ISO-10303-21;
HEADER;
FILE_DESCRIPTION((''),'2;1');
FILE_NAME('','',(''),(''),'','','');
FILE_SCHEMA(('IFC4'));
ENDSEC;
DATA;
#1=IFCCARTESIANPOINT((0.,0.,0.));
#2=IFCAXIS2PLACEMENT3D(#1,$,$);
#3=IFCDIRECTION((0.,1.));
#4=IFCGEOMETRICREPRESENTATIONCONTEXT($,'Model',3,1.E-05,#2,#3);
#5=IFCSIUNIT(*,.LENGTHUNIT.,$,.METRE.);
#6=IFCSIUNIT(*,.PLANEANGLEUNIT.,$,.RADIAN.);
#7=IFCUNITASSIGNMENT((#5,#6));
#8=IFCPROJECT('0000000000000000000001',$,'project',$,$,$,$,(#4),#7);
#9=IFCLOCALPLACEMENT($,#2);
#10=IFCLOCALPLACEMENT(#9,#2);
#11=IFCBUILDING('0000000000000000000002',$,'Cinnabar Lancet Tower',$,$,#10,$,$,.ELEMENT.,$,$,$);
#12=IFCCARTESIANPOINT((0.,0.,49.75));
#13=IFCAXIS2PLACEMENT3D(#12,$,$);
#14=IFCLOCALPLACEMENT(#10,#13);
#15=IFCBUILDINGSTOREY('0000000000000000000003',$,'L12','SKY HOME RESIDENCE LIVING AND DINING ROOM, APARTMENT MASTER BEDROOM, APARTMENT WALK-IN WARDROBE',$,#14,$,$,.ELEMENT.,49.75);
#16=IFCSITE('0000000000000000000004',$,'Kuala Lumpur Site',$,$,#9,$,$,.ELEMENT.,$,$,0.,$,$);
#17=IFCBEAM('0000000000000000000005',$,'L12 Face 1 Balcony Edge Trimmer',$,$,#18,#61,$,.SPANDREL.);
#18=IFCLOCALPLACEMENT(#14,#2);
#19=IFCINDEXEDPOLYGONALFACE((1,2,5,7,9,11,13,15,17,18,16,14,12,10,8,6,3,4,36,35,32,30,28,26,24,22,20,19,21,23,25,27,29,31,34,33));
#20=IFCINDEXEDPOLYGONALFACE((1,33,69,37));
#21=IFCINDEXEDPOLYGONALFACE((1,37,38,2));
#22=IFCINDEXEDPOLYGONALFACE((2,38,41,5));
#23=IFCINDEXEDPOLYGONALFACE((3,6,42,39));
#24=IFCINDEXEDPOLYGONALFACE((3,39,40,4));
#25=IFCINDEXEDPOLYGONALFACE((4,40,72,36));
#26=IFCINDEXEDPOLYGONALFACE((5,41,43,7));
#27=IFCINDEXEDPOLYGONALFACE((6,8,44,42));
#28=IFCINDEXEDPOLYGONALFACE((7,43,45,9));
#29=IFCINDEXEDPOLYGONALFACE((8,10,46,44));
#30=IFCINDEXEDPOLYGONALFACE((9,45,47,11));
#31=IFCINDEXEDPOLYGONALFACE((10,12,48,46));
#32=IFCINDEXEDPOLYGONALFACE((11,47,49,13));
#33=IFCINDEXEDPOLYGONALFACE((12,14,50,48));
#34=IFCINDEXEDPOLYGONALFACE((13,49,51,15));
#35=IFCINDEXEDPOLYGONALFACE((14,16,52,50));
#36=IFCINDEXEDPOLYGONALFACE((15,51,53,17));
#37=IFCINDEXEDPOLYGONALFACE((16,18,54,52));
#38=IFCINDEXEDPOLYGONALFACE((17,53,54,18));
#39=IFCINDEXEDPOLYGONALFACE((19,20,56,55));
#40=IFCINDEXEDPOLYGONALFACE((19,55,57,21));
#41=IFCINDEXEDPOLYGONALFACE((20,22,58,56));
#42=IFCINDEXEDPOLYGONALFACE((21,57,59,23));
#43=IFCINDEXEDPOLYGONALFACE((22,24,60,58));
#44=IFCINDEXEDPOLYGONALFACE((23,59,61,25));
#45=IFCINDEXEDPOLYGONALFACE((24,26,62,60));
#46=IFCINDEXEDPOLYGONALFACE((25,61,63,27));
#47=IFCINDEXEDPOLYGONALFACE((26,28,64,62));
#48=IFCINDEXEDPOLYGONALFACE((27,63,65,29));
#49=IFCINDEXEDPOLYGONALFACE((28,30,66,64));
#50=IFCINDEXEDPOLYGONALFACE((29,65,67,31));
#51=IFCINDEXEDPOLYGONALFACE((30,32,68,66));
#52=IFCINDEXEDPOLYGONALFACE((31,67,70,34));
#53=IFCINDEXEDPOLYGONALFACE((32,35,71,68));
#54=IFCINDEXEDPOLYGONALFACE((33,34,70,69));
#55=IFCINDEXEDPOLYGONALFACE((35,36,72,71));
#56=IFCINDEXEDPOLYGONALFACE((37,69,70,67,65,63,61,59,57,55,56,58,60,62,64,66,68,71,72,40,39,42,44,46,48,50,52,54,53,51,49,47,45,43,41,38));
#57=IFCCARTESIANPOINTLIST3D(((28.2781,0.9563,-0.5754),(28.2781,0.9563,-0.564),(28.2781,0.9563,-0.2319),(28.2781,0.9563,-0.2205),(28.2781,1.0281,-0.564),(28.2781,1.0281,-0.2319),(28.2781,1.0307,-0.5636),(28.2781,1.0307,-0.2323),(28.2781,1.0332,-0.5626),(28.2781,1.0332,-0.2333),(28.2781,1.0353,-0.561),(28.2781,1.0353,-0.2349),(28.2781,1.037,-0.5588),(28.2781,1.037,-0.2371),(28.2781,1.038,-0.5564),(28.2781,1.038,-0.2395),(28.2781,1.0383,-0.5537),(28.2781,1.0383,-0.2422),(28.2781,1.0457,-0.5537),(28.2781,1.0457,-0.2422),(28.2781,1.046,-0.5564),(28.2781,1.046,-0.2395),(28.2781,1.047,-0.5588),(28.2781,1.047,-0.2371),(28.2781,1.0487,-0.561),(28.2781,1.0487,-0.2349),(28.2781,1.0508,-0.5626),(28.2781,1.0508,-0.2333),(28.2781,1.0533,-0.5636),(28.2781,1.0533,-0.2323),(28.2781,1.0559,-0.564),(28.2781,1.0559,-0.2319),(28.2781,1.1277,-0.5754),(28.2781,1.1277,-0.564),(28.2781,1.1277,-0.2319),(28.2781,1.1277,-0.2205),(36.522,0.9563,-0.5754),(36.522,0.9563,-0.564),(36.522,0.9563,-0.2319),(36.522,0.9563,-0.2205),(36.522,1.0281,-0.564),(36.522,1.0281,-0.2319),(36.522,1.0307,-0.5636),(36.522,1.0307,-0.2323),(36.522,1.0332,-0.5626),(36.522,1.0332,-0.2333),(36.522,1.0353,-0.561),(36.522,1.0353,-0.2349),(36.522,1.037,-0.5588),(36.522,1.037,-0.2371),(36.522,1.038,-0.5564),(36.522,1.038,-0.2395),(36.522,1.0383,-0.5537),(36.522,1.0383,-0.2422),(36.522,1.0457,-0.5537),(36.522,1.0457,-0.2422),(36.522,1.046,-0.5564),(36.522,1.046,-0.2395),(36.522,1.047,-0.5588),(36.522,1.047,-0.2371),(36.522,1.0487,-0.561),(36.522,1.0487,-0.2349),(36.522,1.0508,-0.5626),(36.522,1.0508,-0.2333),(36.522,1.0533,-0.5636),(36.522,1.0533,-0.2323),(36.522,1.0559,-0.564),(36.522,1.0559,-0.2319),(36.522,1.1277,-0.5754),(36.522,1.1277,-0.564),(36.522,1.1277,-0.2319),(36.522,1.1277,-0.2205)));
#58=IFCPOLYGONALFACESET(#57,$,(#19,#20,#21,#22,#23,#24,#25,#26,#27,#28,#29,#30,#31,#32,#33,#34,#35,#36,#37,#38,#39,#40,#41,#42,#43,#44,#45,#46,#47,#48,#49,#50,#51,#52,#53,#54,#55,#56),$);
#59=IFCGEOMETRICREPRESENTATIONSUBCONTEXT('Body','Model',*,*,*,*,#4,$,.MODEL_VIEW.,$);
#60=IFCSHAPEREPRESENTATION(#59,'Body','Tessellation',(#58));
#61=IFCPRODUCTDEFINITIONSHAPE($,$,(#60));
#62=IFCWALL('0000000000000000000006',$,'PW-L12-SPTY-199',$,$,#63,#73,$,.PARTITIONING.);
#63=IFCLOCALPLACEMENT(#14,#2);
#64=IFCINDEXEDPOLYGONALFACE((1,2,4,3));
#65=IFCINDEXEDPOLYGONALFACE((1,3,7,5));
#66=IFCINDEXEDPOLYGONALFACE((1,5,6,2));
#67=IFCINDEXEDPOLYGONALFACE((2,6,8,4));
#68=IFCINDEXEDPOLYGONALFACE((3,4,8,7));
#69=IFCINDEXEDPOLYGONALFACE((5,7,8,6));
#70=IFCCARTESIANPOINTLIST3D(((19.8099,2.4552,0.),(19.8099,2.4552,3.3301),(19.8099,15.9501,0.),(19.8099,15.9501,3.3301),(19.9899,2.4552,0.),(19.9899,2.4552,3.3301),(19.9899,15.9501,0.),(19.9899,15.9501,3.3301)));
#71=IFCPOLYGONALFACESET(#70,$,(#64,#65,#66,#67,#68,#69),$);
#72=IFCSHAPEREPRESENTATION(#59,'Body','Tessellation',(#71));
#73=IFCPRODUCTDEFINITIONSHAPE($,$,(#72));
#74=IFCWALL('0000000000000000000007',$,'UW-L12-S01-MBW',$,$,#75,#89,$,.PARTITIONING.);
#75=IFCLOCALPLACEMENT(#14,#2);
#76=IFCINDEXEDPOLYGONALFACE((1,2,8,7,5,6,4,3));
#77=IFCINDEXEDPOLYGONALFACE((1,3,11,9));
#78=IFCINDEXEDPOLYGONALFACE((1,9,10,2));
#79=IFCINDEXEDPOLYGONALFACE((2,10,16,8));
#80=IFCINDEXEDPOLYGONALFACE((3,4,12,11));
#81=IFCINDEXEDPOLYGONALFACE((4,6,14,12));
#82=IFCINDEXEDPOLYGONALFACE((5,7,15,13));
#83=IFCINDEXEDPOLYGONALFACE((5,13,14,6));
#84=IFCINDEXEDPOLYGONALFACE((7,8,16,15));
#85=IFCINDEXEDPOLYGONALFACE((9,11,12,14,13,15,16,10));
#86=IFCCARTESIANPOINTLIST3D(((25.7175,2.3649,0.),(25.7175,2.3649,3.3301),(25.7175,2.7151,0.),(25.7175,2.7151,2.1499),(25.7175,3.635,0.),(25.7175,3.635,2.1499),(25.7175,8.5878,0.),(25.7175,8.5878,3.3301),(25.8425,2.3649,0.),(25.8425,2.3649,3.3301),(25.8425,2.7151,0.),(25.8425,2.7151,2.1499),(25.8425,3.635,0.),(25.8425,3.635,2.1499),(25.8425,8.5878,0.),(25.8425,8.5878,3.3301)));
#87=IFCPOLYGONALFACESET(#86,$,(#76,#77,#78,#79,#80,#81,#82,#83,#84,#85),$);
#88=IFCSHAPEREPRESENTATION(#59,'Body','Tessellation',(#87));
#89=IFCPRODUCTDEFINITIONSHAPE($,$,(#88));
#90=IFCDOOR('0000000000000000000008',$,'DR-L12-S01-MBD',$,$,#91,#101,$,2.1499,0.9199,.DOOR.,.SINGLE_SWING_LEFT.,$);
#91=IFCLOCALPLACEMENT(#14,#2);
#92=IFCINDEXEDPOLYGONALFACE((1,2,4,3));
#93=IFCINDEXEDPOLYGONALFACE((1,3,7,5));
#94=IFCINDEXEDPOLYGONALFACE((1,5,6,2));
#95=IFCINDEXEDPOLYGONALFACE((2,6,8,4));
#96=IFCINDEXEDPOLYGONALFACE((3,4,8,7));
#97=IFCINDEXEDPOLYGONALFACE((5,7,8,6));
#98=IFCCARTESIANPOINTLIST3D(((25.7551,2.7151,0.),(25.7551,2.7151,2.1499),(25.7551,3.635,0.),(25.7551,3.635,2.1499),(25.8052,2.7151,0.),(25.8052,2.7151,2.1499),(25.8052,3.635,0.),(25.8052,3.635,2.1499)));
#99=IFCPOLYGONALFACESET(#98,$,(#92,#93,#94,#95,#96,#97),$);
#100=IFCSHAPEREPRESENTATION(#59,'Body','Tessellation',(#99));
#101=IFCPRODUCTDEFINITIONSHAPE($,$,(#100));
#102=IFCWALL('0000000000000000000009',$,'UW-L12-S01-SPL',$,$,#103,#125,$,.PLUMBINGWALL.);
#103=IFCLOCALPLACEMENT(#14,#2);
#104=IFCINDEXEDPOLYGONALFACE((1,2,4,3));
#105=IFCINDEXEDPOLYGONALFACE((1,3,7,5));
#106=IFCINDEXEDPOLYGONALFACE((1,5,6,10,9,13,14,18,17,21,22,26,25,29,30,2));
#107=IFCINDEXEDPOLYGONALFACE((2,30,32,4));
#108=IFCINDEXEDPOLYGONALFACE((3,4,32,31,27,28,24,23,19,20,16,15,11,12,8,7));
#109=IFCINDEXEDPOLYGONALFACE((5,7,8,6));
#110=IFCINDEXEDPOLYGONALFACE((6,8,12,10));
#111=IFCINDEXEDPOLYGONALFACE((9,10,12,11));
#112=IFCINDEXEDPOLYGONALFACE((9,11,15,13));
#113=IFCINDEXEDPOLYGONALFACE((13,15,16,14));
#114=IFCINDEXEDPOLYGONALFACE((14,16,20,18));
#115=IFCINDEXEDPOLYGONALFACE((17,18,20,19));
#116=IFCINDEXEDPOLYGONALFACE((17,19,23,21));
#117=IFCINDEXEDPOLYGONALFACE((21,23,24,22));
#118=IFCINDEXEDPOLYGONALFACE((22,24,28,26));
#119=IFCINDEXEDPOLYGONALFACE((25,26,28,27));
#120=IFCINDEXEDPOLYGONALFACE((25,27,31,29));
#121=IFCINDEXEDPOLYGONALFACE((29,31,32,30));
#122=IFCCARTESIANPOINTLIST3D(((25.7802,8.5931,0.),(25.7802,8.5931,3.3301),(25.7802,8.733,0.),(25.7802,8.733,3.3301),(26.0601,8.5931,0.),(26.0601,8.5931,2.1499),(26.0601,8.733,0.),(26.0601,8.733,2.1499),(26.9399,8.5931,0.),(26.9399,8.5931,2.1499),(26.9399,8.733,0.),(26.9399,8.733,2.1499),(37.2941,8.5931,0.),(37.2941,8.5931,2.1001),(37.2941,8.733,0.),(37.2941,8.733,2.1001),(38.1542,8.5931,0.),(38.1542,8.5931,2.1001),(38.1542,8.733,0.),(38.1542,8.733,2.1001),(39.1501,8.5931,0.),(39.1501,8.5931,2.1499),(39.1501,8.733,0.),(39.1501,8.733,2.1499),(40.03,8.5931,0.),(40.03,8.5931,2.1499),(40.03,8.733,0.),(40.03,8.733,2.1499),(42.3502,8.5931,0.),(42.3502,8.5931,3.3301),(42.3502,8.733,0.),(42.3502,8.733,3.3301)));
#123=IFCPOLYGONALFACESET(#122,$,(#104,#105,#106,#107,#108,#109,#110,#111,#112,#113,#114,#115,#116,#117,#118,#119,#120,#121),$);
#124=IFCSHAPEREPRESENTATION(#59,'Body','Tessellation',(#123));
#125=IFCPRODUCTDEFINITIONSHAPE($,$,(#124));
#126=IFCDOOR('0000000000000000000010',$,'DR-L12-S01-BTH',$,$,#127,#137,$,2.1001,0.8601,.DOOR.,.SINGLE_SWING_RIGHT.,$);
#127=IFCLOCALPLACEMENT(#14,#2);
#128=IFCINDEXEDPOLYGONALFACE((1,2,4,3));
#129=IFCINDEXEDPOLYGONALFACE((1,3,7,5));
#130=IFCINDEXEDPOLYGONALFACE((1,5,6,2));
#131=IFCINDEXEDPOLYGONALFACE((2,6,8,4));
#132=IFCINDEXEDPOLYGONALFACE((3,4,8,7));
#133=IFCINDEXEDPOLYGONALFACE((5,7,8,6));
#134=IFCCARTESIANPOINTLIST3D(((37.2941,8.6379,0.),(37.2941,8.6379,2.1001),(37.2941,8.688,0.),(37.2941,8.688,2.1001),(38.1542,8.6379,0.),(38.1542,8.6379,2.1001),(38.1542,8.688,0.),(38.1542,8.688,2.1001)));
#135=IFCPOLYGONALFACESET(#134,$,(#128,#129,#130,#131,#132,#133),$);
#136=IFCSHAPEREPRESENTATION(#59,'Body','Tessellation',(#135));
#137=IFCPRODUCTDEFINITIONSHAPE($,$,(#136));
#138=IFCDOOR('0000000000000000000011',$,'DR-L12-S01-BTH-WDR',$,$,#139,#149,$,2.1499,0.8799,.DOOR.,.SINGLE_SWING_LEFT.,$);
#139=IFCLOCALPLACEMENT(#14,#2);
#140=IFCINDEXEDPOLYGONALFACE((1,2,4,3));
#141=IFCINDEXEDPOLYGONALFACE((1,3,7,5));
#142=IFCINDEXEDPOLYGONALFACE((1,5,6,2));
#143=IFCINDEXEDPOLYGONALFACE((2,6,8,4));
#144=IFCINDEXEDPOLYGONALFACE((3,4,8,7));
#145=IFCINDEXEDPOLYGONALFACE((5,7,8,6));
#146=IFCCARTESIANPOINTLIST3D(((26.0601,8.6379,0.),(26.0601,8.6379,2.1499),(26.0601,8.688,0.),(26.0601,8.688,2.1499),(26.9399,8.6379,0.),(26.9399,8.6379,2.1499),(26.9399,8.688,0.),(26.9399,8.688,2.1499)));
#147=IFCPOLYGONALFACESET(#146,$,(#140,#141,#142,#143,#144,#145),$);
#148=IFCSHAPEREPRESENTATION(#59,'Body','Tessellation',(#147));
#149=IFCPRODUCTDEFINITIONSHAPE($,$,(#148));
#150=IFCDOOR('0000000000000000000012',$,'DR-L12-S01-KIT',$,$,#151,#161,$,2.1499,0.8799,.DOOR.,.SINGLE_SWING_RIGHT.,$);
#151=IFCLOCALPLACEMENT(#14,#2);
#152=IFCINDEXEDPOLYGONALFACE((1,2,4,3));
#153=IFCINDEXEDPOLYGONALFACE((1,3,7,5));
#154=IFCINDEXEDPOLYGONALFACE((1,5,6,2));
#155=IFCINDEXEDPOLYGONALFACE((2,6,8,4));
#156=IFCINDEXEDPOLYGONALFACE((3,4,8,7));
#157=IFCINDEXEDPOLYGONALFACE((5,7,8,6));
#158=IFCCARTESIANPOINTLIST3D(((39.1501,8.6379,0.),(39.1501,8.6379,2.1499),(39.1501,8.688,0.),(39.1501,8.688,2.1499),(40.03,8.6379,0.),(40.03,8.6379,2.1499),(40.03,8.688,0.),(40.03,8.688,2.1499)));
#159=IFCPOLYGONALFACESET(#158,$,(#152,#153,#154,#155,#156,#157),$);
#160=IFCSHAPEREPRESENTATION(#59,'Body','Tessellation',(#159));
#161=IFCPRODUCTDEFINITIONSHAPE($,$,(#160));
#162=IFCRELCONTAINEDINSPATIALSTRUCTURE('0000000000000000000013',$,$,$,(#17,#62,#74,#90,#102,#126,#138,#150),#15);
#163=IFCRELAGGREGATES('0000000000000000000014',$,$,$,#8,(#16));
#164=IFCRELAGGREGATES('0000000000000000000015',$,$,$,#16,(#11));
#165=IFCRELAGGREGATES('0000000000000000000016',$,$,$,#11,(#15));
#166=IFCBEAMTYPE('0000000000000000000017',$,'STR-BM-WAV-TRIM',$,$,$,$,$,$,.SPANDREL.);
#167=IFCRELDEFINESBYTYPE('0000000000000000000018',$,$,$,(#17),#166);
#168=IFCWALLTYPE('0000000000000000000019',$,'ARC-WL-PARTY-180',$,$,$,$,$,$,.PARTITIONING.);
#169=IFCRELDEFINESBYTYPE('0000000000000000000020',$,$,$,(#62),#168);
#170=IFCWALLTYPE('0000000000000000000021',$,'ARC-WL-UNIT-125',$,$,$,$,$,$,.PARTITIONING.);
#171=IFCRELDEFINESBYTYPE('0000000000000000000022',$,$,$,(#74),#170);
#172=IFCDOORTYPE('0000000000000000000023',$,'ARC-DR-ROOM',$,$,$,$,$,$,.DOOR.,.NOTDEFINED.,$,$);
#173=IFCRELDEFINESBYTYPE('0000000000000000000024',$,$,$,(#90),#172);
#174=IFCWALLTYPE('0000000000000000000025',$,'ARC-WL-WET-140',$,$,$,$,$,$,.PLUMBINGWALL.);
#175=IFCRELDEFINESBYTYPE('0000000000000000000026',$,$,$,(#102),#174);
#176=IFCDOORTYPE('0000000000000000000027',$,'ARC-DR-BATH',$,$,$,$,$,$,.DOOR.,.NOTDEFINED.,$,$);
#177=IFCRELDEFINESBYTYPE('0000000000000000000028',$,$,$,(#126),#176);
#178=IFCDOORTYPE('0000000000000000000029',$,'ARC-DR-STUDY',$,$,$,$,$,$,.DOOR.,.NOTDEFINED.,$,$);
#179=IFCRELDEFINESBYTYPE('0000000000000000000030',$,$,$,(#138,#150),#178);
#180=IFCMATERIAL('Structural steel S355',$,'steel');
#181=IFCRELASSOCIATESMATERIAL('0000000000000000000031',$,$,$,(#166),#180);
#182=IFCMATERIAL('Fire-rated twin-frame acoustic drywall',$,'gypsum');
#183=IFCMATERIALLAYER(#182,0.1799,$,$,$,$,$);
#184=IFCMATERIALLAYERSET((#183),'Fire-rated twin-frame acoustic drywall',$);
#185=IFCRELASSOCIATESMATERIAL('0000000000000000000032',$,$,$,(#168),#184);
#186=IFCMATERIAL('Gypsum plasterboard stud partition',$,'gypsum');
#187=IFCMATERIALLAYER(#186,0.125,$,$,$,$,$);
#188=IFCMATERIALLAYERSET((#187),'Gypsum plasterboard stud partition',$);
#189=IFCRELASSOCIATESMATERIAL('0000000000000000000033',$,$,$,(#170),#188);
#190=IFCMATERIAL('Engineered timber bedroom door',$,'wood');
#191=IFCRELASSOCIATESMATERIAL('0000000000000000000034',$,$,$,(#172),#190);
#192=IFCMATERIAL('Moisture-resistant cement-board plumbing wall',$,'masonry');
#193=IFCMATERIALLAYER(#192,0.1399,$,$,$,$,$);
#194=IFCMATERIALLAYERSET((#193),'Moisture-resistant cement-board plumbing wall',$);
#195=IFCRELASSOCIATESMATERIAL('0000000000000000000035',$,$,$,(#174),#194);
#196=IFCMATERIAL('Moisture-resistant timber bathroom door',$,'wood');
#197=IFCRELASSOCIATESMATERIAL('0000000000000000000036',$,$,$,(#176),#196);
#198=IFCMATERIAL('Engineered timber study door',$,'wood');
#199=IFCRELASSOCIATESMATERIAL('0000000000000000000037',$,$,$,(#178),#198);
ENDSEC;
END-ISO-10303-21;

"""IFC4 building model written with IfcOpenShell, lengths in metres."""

from ifc_helpers import new_model, si_unit, direction, frame, frame_2d, origin, origin_2d, place, context, subcontext, project, spatial, rectangle, i_section, extrude, material, layer, layer_set, material_profile, profile_set, type_object, element, fill, save


model = new_model("IFC4")

# Units and contexts
model_context = context("Model", 3, precision=1e-05, world=origin(), true_north=direction((0.0, 1.0)))
body_context = subcontext(model_context, "Body", "Model", "MODEL_VIEW")
ifc_project = project(units=[si_unit("LENGTHUNIT", "METRE"), si_unit("PLANEANGLEUNIT", "RADIAN")], contexts=[model_context])

# Site, building, storey
site_placement = place(None, origin())
site = spatial("IfcSite", under=ifc_project, at=site_placement, Name="Kuala Lumpur Site", CompositionType="ELEMENT", RefElevation=0.0)
building_placement = place(site_placement, origin())
building = spatial("IfcBuilding", under=site, at=building_placement, Name="Cinnabar Lancet Tower", CompositionType="ELEMENT")
storey_placement = place(building_placement, frame((0.0, 0.0, 49.75)))
storey = spatial("IfcBuildingStorey", under=building, at=storey_placement, Name="L12", Description="SKY HOME RESIDENCE LIVING AND DINING ROOM, APARTMENT MASTER BEDROOM, APARTMENT WALK-IN WARDROBE", CompositionType="ELEMENT", Elevation=49.75)

# Beam
ifc_material_1 = material(Name="Structural steel S355", Category="steel")
ifc_material_profile_1 = material_profile(ifc_material_1, i_section(OverallWidth=0.1714, OverallDepth=0.355, WebThickness=0.0073, FlangeThickness=0.0115, FilletRadius=0.0103, at=origin_2d()), Name="UKB 356x171x51")
ifc_profile_set_1 = profile_set([ifc_material_profile_1], Name="Structural steel S355")
beam_type_1 = type_object("IfcBeamType", Name="STR-BM-WAV-TRIM", PredefinedType="SPANDREL", material=ifc_profile_set_1)
beam_1_placement = place(storey_placement, frame((28.2781, 1.042, -0.3979), z_axis=(1.0, 0.0, 0.0), x_axis=(0.0, 1.0, 0.0)))
element("IfcBeam", 1, at=beam_1_placement, inside=storey, type_object=beam_type_1, Name="L12 Face 1 Balcony Edge Trimmer", PredefinedType="SPANDREL", context=body_context, shape_type="SweptSolid", body=[
    extrude(i_section(OverallWidth=0.1714, OverallDepth=0.355, WebThickness=0.0073, FlangeThickness=0.0115, FilletRadius=0.0103, at=origin_2d()), origin(), (0.0, 0.0, 1.0), 8.2439),
])

# Wall
ifc_material_2 = material(Name="Fire-rated twin-frame acoustic drywall", Category="gypsum")
ifc_layer_1 = layer(ifc_material_2, 0.1799)
ifc_layer_set_1 = layer_set([ifc_layer_1], Name="Fire-rated twin-frame acoustic drywall")
wall_type_1 = type_object("IfcWallType", Name="ARC-WL-PARTY-180", PredefinedType="PARTITIONING", material=ifc_layer_set_1)
wall_1_placement = place(storey_placement, frame((19.8999, 2.4551, 0.0), z_axis=(0.0, 0.0, 1.0), x_axis=(0.0, 1.0, 0.0)))
element("IfcWall", 2, at=wall_1_placement, inside=storey, type_object=wall_type_1, Name="PW-L12-SPTY-199", PredefinedType="PARTITIONING", context=body_context, shape_type="SweptSolid", body=[
    extrude(rectangle(XDim=13.4949, YDim=0.1799, at=frame_2d((6.7476, 0.0))), origin(), (0.0, 0.0, 1.0), 3.3301),
])

# Wall, opening, door
ifc_material_3 = material(Name="Gypsum plasterboard stud partition", Category="gypsum")
ifc_layer_2 = layer(ifc_material_3, 0.125)
ifc_layer_set_2 = layer_set([ifc_layer_2], Name="Gypsum plasterboard stud partition")
wall_type_2 = type_object("IfcWallType", Name="ARC-WL-UNIT-125", PredefinedType="PARTITIONING", material=ifc_layer_set_2)
wall_2_placement = place(storey_placement, frame((25.78, 2.365, 0.0), z_axis=(0.0, 0.0, 1.0), x_axis=(0.0, 1.0, 0.0)))
wall_2 = element("IfcWall", 3, at=wall_2_placement, inside=storey, type_object=wall_type_2, Name="UW-L12-S01-MBW", PredefinedType="PARTITIONING", context=body_context, shape_type="SweptSolid", body=[
    extrude(rectangle(XDim=6.2229, YDim=0.125, at=frame_2d((3.1113, 0.0))), origin(), (0.0, 0.0, 1.0), 3.3301),
])
opening_1_placement = place(wall_2_placement, frame((0.3501, 0.0, 0.0)))
opening_1 = element("IfcOpeningElement", 4, at=opening_1_placement, cuts=wall_2, PredefinedType="OPENING", context=body_context, shape_type="SweptSolid", body=[
    extrude(rectangle(XDim=0.9199, YDim=2.1499, at=frame_2d((0.46, 1.075))), frame((0.0, 0.0725, 0.0), z_axis=(0.0, -1.0, 0.0), x_axis=(1.0, 0.0, 0.0)), (0.0, 0.0, 1.0), 0.145),
])
ifc_material_4 = material(Name="Engineered timber bedroom door", Category="wood")
door_type_1 = type_object("IfcDoorType", Name="ARC-DR-ROOM", OperationType="NOTDEFINED", PredefinedType="DOOR", material=ifc_material_4)
door_1_placement = place(opening_1_placement, origin())
door_1 = element("IfcDoor", 5, at=door_1_placement, inside=storey, type_object=door_type_1, Name="DR-L12-S01-MBD", OperationType="SINGLE_SWING_LEFT", OverallHeight=2.1499, OverallWidth=0.9199, PredefinedType="DOOR", context=body_context, shape_type="SweptSolid", body=[
    extrude(rectangle(XDim=0.9199, YDim=2.1499, at=frame_2d((0.46, 1.075))), frame((0.0, 0.0249, 0.0), z_axis=(0.0, -1.0, 0.0), x_axis=(1.0, 0.0, 0.0)), (0.0, 0.0, 1.0), 0.05),
])
fill(opening_1, door_1)

# Wall, openings, doors
ifc_material_5 = material(Name="Moisture-resistant cement-board plumbing wall", Category="masonry")
ifc_layer_3 = layer(ifc_material_5, 0.1399)
ifc_layer_set_3 = layer_set([ifc_layer_3], Name="Moisture-resistant cement-board plumbing wall")
wall_type_3 = type_object("IfcWallType", Name="ARC-WL-WET-140", PredefinedType="PLUMBINGWALL", material=ifc_layer_set_3)
wall_3_placement = place(storey_placement, frame((25.78, 8.6631, 0.0), z_axis=(0.0, 0.0, 1.0), x_axis=(1.0, 0.0, 0.0)))
wall_3 = element("IfcWall", 6, at=wall_3_placement, inside=storey, type_object=wall_type_3, Name="UW-L12-S01-SPL", PredefinedType="PLUMBINGWALL", context=body_context, shape_type="SweptSolid", body=[
    extrude(rectangle(XDim=16.5701, YDim=0.1399, at=frame_2d((8.2852, 0.0))), origin(), (0.0, 0.0, 1.0), 3.3301),
])
opening_2_placement = place(wall_3_placement, frame((0.28, 0.0, 0.0)))
opening_2 = element("IfcOpeningElement", 7, at=opening_2_placement, cuts=wall_3, PredefinedType="OPENING", context=body_context, shape_type="SweptSolid", body=[
    extrude(rectangle(XDim=0.8799, YDim=2.1499, at=frame_2d((0.4399, 1.075))), frame((0.0, 0.0798, 0.0), z_axis=(0.0, -1.0, 0.0), x_axis=(1.0, 0.0, 0.0)), (0.0, 0.0, 1.0), 0.1599),
])
opening_3_placement = place(wall_3_placement, frame((11.5139, 0.0, 0.0)))
opening_3 = element("IfcOpeningElement", 8, at=opening_3_placement, cuts=wall_3, PredefinedType="OPENING", context=body_context, shape_type="SweptSolid", body=[
    extrude(rectangle(XDim=0.8601, YDim=2.1001, at=frame_2d((0.4302, 1.05))), frame((0.0, 0.0798, 0.0), z_axis=(0.0, -1.0, 0.0), x_axis=(1.0, 0.0, 0.0)), (0.0, 0.0, 1.0), 0.1599),
])
opening_4_placement = place(wall_3_placement, frame((13.3701, 0.0, 0.0)))
opening_4 = element("IfcOpeningElement", 9, at=opening_4_placement, cuts=wall_3, PredefinedType="OPENING", context=body_context, shape_type="SweptSolid", body=[
    extrude(rectangle(XDim=0.8799, YDim=2.1499, at=frame_2d((0.4399, 1.075))), frame((0.0, 0.0798, 0.0), z_axis=(0.0, -1.0, 0.0), x_axis=(1.0, 0.0, 0.0)), (0.0, 0.0, 1.0), 0.1599),
])
ifc_material_6 = material(Name="Moisture-resistant timber bathroom door", Category="wood")
door_type_2 = type_object("IfcDoorType", Name="ARC-DR-BATH", OperationType="NOTDEFINED", PredefinedType="DOOR", material=ifc_material_6)
door_2_placement = place(opening_3_placement, origin())
door_2 = element("IfcDoor", 10, at=door_2_placement, inside=storey, type_object=door_type_2, Name="DR-L12-S01-BTH", OperationType="SINGLE_SWING_RIGHT", OverallHeight=2.1001, OverallWidth=0.8601, PredefinedType="DOOR", context=body_context, shape_type="SweptSolid", body=[
    extrude(rectangle(XDim=0.8601, YDim=2.1001, at=frame_2d((0.4302, 1.05))), frame((0.0, 0.0249, 0.0), z_axis=(0.0, -1.0, 0.0), x_axis=(1.0, 0.0, 0.0)), (0.0, 0.0, 1.0), 0.05),
])
fill(opening_3, door_2)
ifc_material_7 = material(Name="Engineered timber study door", Category="wood")
door_type_3 = type_object("IfcDoorType", Name="ARC-DR-STUDY", OperationType="NOTDEFINED", PredefinedType="DOOR", material=ifc_material_7)
door_3_placement = place(opening_2_placement, origin())
door_3 = element("IfcDoor", 11, at=door_3_placement, inside=storey, type_object=door_type_3, Name="DR-L12-S01-BTH-WDR", OperationType="SINGLE_SWING_LEFT", OverallHeight=2.1499, OverallWidth=0.8799, PredefinedType="DOOR", context=body_context, shape_type="SweptSolid", body=[
    extrude(rectangle(XDim=0.8799, YDim=2.1499, at=frame_2d((0.4399, 1.075))), frame((0.0, 0.0249, 0.0), z_axis=(0.0, -1.0, 0.0), x_axis=(1.0, 0.0, 0.0)), (0.0, 0.0, 1.0), 0.05),
])
fill(opening_2, door_3)
door_4_placement = place(opening_4_placement, origin())
door_4 = element("IfcDoor", 12, at=door_4_placement, inside=storey, type_object=door_type_3, Name="DR-L12-S01-KIT", OperationType="SINGLE_SWING_RIGHT", OverallHeight=2.1499, OverallWidth=0.8799, PredefinedType="DOOR", context=body_context, shape_type="SweptSolid", body=[
    extrude(rectangle(XDim=0.8799, YDim=2.1499, at=frame_2d((0.4399, 1.075))), frame((0.0, 0.0249, 0.0), z_axis=(0.0, -1.0, 0.0), x_axis=(1.0, 0.0, 0.0)), (0.0, 0.0, 1.0), 0.05),
])
fill(opening_4, door_4)

save(model, "model.ifc")
